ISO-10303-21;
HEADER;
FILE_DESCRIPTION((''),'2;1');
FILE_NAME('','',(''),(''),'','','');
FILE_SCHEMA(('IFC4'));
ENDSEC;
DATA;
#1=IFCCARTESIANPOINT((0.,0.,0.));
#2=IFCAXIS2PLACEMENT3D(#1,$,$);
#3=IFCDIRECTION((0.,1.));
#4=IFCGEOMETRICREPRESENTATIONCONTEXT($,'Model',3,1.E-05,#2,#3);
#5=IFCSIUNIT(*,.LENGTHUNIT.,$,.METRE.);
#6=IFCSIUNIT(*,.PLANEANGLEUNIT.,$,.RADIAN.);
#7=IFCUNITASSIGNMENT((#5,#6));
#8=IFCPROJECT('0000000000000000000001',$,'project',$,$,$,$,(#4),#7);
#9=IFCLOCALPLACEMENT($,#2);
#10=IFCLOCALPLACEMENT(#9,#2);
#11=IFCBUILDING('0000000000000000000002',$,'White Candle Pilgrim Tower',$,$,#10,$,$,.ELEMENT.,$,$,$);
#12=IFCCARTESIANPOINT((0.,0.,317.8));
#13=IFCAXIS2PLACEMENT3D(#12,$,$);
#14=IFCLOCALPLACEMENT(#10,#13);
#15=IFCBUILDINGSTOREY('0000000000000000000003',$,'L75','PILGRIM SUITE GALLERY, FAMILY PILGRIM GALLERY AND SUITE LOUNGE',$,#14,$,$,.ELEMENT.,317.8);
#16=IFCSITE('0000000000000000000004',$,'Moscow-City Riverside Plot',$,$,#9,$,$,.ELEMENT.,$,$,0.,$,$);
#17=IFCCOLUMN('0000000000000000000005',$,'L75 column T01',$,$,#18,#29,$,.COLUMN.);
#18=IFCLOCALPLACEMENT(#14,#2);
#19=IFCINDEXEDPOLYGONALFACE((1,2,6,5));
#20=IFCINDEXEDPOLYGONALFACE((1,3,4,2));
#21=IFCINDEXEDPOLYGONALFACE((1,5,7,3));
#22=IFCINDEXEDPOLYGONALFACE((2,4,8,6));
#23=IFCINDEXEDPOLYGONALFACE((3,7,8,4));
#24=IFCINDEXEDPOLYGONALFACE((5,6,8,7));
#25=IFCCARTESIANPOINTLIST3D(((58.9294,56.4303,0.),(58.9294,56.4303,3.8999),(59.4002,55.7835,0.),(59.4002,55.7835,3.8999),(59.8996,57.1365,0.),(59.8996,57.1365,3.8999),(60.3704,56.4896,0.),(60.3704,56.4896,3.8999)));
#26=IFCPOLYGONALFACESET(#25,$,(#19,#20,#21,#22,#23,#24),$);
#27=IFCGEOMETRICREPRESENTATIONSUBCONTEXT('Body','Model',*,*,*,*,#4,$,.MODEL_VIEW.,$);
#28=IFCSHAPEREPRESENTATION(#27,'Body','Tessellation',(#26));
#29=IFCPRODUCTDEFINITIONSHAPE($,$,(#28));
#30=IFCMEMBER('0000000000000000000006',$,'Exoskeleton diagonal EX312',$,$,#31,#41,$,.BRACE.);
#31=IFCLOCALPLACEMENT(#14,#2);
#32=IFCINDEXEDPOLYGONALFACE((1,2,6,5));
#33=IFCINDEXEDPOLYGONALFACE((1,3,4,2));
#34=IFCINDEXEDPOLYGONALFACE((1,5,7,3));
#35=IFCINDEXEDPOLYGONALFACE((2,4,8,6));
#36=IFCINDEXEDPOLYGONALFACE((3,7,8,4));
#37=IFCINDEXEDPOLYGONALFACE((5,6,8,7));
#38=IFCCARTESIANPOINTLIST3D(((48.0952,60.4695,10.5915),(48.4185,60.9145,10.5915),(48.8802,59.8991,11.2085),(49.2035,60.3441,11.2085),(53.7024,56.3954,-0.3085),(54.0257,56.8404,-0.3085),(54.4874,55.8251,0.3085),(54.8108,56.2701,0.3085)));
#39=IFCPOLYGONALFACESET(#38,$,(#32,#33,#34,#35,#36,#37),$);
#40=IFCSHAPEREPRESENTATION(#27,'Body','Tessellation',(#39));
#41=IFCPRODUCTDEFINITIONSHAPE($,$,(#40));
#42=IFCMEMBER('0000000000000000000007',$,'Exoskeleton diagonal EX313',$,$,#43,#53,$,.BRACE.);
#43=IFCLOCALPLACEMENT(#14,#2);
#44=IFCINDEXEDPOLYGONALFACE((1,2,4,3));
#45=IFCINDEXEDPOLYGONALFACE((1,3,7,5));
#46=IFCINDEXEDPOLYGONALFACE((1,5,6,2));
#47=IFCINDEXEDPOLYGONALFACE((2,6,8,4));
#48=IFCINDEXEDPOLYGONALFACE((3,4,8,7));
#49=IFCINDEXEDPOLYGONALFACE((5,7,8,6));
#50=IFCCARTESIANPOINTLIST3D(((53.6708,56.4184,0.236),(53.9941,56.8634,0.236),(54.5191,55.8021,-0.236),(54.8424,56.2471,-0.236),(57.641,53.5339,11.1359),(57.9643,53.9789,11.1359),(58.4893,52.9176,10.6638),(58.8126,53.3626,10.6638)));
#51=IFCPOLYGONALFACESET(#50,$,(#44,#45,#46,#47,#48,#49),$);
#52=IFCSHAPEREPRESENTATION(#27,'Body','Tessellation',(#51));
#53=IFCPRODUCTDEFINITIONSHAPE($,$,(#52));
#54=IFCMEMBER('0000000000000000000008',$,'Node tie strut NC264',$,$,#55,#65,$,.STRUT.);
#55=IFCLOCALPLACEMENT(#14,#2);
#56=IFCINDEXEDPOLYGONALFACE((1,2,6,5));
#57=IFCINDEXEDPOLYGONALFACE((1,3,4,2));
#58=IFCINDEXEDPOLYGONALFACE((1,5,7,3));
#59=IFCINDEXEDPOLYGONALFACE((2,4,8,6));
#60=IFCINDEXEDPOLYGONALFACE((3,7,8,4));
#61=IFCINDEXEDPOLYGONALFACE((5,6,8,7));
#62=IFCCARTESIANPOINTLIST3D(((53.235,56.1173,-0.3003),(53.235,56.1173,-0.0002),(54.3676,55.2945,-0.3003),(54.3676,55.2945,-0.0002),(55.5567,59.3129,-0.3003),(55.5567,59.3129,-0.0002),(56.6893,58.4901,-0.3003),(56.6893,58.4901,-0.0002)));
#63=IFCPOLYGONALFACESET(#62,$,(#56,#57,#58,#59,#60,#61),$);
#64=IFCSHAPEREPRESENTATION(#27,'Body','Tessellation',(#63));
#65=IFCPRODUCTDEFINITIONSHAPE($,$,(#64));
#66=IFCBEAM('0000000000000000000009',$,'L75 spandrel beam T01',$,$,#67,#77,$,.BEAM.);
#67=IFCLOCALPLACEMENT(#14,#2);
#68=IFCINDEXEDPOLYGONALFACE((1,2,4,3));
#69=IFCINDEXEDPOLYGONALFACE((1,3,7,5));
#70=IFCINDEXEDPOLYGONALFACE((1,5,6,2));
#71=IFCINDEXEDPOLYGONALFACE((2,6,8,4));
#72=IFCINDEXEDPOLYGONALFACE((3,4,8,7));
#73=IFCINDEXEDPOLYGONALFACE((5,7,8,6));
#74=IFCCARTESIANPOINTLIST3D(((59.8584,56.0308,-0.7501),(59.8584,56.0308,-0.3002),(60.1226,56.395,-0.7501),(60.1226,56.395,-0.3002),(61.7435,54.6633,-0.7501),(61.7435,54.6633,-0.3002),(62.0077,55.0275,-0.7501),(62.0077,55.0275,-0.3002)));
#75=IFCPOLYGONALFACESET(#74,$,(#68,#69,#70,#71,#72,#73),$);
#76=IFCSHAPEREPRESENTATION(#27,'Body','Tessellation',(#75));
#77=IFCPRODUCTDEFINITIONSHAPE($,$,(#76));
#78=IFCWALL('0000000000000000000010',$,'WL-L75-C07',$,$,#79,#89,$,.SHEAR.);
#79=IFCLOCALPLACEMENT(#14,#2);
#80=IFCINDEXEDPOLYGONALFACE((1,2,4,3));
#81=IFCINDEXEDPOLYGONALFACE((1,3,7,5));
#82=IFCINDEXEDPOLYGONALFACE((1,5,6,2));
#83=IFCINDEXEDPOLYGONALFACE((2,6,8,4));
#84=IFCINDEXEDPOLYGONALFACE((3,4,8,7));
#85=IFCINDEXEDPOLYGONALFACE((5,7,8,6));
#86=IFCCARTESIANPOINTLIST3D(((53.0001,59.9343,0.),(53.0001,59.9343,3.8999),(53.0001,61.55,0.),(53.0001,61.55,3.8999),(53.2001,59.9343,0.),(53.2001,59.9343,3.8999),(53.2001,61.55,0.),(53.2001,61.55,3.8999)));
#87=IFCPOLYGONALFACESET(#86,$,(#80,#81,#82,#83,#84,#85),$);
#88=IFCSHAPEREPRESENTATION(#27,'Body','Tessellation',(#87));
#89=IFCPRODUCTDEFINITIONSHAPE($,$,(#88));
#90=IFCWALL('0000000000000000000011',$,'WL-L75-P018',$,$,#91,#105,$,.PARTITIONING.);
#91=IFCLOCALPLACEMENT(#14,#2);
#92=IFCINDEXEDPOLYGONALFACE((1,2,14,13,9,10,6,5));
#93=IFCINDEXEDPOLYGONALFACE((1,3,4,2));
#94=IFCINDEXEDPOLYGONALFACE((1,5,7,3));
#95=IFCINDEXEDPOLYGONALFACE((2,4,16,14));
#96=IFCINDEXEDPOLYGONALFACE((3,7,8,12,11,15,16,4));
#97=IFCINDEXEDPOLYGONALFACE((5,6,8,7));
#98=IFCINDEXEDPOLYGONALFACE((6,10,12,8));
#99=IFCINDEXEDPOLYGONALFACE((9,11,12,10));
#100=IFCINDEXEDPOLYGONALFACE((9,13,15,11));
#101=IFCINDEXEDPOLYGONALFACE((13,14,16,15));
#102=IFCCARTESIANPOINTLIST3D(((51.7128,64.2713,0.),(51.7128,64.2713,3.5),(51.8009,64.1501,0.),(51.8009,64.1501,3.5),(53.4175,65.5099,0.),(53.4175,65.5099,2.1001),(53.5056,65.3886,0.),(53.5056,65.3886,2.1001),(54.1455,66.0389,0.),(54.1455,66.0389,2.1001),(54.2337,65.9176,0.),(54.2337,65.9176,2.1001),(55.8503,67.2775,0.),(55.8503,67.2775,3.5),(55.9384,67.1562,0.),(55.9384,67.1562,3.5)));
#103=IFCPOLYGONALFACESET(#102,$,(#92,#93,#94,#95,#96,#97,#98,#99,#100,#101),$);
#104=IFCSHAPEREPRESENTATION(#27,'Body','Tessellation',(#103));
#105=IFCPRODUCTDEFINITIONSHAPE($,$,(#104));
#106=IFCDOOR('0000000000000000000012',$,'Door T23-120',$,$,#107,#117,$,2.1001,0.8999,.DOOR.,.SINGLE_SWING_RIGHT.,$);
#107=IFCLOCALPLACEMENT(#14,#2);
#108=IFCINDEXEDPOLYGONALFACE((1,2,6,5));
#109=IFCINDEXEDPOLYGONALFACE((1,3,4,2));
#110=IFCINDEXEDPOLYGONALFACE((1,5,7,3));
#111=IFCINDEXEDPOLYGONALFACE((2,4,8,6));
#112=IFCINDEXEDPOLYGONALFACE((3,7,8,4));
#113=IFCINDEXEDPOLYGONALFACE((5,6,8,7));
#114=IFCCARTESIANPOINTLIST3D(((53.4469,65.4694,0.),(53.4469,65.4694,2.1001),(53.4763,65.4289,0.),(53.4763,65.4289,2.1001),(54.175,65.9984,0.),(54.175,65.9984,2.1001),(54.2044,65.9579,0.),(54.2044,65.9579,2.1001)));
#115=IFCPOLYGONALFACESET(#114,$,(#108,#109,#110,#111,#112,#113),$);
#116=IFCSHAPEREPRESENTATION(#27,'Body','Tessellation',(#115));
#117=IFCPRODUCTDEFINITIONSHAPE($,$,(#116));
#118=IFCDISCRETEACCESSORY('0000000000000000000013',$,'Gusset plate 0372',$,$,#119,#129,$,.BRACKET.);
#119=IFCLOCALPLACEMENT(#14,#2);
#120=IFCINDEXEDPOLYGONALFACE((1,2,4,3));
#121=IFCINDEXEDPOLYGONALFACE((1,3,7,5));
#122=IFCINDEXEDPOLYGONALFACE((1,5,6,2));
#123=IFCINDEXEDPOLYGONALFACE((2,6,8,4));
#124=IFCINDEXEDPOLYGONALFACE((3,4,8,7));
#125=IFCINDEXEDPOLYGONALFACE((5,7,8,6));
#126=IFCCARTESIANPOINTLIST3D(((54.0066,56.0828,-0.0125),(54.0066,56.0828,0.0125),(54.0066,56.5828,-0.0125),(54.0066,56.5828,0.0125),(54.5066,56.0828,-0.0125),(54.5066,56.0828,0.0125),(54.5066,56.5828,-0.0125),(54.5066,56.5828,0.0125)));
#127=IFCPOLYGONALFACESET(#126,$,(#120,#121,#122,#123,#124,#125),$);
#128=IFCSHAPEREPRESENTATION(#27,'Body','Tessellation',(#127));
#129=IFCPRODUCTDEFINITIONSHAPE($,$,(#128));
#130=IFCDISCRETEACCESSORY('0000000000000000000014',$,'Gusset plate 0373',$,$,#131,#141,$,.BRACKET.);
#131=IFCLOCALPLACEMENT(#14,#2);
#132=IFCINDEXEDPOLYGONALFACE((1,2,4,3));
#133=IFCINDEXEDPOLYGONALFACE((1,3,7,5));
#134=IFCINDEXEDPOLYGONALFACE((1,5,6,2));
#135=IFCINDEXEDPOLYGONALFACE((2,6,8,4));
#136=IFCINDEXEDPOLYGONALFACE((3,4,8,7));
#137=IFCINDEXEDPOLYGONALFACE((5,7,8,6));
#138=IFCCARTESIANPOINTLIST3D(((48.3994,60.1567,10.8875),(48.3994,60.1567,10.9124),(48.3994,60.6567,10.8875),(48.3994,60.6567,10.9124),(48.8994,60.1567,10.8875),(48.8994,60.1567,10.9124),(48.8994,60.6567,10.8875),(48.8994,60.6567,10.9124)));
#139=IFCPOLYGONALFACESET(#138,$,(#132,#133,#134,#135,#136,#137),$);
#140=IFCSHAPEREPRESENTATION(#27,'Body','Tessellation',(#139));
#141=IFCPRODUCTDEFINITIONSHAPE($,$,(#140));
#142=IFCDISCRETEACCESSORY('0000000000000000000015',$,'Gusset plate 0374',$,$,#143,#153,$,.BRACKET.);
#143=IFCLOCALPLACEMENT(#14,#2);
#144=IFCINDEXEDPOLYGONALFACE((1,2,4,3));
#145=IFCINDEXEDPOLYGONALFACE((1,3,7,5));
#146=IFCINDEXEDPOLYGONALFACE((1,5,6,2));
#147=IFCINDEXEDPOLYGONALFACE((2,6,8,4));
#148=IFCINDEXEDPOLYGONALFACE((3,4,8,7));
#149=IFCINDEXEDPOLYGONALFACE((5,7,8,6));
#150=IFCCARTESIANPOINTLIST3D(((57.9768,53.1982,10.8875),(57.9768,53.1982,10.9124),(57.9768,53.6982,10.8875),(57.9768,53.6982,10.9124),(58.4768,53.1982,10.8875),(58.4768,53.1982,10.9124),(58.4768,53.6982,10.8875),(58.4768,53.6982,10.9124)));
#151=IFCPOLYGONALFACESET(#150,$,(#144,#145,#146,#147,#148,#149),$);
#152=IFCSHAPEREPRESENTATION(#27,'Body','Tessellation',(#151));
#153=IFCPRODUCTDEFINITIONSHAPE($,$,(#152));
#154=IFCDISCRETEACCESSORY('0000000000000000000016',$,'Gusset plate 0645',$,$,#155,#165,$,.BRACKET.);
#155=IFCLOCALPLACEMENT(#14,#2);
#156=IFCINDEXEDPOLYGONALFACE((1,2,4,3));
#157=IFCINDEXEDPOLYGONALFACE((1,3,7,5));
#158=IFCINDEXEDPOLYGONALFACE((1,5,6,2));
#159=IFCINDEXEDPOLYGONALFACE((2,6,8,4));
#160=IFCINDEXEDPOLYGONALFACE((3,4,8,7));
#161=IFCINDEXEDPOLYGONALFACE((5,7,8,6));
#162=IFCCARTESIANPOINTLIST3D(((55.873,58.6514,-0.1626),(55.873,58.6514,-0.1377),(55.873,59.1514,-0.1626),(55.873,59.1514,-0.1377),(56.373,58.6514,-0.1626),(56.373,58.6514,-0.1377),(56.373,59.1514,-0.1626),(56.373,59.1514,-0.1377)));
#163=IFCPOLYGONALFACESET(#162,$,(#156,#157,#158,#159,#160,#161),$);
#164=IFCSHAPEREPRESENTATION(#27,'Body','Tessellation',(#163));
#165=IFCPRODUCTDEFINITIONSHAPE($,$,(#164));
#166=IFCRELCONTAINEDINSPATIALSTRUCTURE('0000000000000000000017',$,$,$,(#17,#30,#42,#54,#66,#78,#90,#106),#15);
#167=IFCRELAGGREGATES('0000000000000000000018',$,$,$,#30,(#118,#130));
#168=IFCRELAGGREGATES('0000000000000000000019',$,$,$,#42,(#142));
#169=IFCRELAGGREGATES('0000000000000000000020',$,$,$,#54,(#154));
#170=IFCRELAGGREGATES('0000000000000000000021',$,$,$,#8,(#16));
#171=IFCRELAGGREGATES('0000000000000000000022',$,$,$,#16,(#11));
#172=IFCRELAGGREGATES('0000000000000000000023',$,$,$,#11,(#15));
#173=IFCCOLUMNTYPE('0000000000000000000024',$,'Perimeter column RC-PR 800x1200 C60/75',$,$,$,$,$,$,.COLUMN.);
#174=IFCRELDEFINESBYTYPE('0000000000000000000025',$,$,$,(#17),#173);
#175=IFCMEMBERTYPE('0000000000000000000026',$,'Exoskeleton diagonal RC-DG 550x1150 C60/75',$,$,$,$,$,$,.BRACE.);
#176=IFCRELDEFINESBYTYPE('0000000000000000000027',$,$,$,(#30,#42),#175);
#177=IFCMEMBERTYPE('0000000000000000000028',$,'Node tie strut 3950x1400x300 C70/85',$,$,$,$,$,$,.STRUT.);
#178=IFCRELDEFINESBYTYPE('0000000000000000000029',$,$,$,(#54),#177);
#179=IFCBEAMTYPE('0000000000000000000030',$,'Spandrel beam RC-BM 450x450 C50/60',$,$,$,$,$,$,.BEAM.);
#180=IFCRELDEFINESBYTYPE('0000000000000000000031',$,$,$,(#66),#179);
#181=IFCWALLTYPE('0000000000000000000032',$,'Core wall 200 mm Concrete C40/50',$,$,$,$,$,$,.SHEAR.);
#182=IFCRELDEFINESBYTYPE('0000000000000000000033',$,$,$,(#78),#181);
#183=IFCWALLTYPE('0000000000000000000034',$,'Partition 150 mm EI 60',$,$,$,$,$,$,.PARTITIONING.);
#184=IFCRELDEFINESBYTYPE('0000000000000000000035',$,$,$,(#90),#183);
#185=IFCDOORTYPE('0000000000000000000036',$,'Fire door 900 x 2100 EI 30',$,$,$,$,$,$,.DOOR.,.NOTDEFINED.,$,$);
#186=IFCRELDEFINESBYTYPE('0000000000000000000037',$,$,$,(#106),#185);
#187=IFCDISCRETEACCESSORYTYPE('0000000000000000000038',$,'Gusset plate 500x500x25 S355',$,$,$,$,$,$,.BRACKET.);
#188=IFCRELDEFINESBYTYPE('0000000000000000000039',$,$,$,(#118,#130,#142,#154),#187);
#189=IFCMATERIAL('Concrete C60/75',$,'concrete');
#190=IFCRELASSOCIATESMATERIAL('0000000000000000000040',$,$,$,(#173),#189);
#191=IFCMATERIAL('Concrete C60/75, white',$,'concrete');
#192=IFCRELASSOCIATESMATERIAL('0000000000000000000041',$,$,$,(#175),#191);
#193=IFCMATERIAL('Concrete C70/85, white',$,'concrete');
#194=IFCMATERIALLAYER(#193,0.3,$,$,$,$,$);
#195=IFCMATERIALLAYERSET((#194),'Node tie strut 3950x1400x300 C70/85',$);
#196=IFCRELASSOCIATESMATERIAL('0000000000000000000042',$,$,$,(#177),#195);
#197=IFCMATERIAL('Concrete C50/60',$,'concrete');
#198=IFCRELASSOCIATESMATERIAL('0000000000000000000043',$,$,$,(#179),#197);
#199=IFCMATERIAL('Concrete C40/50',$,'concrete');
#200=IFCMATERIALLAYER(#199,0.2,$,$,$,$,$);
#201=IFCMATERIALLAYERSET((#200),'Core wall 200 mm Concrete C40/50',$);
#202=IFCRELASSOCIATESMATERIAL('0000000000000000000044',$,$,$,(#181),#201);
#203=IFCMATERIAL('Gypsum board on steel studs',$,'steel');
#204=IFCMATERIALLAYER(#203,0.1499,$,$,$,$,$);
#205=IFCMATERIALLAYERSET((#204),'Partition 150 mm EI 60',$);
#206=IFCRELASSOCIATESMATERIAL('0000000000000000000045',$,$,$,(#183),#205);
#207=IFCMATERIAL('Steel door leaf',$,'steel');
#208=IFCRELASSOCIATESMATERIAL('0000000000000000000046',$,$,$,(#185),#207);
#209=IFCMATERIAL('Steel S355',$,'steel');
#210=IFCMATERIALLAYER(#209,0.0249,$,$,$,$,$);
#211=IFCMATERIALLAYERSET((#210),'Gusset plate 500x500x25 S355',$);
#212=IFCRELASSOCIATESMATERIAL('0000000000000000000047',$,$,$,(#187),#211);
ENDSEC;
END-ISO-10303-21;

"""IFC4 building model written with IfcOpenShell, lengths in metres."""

from ifc_helpers import new_model, si_unit, direction, frame, frame_2d, origin, origin_2d, place, context, subcontext, project, spatial, rectangle, extrude, material, layer, layer_set, material_profile, profile_set, type_object, element, fill, aggregate, save


model = new_model("IFC4")

# Units and contexts
model_context = context("Model", 3, precision=1e-05, world=origin(), true_north=direction((0.0, 1.0)))
body_context = subcontext(model_context, "Body", "Model", "MODEL_VIEW")
ifc_project = project(units=[si_unit("LENGTHUNIT", "METRE"), si_unit("PLANEANGLEUNIT", "RADIAN")], contexts=[model_context])

# Site, building, storey
site_placement = place(None, origin())
site = spatial("IfcSite", under=ifc_project, at=site_placement, Name="Moscow-City Riverside Plot", CompositionType="ELEMENT", RefElevation=0.0)
building_placement = place(site_placement, origin())
building = spatial("IfcBuilding", under=site, at=building_placement, Name="White Candle Pilgrim Tower", CompositionType="ELEMENT")
storey_placement = place(building_placement, frame((0.0, 0.0, 317.8)))
storey = spatial("IfcBuildingStorey", under=building, at=storey_placement, Name="L75", Description="PILGRIM SUITE GALLERY, FAMILY PILGRIM GALLERY AND SUITE LOUNGE", CompositionType="ELEMENT", Elevation=317.8)

# Column
ifc_material_1 = material(Name="Concrete C60/75", Category="concrete")
ifc_material_profile_1 = material_profile(ifc_material_1, rectangle(XDim=0.8, YDim=1.2, at=origin_2d()), Name="RC-PR 800x1200")
ifc_profile_set_1 = profile_set([ifc_material_profile_1], Name="Concrete C60/75")
column_type = type_object("IfcColumnType", Name="Perimeter column RC-PR 800x1200 C60/75", PredefinedType="COLUMN", material=ifc_profile_set_1)
column_placement = place(storey_placement, frame((59.6499, 56.46, 0.0), z_axis=(0.0, 0.0, 1.0), x_axis=(-0.588463, 0.808524, 0.0)))
element("IfcColumn", 1, at=column_placement, inside=storey, type_object=column_type, Name="L75 column T01", PredefinedType="COLUMN", context=body_context, shape_type="SweptSolid", body=[
    extrude(rectangle(XDim=0.8, YDim=1.2, at=origin_2d()), origin(), (0.0, 0.0, 1.0), 3.8999),
])

# Members
ifc_material_2 = material(Name="Concrete C60/75, white", Category="concrete")
ifc_material_profile_2 = material_profile(ifc_material_2, rectangle(XDim=0.55, YDim=1.1499, at=origin_2d()), Name="RC-DG 550x1150")
ifc_profile_set_2 = profile_set([ifc_material_profile_2], Name="Concrete C60/75, white")
member_type_1 = type_object("IfcMemberType", Name="Exoskeleton diagonal RC-DG 550x1150 C60/75", PredefinedType="BRACE", material=ifc_profile_set_2)
member_1_placement = place(storey_placement, frame((54.2566, 56.3328, 0.0), z_axis=(-0.434097, 0.315399, 0.84385), x_axis=(-0.587797, -0.809009, 0.0)))
member_1 = element("IfcMember", 2, at=member_1_placement, inside=storey, type_object=member_type_1, Name="Exoskeleton diagonal EX312", PredefinedType="BRACE", context=body_context, shape_type="SweptSolid", body=[
    extrude(rectangle(XDim=0.55, YDim=1.1499, at=origin_2d()), origin(), (0.0, 0.0, 1.0), 12.917),
])
member_2_placement = place(storey_placement, frame((54.2566, 56.3328, 0.0), z_axis=(0.332133, -0.241308, 0.911843), x_axis=(0.587784, 0.809018, 0.0)))
member_2 = element("IfcMember", 3, at=member_2_placement, inside=storey, type_object=member_type_1, Name="Exoskeleton diagonal EX313", PredefinedType="BRACE", context=body_context, shape_type="SweptSolid", body=[
    extrude(rectangle(XDim=0.55, YDim=1.1499, at=origin_2d()), origin(), (0.0, 0.0, 1.0), 11.9536),
])
ifc_material_3 = material(Name="Concrete C70/85, white", Category="concrete")
ifc_layer_1 = layer(ifc_material_3, 0.3)
ifc_layer_set_1 = layer_set([ifc_layer_1], Name="Node tie strut 3950x1400x300 C70/85")
member_type_2 = type_object("IfcMemberType", Name="Node tie strut 3950x1400x300 C70/85", PredefinedType="STRUT", material=ifc_layer_set_1)
member_3_placement = place(storey_placement, frame((54.9622, 57.3037, -0.3003), z_axis=(0.0, 0.0, 1.0), x_axis=(0.809017, -0.587785, 0.0)))
member_3 = element("IfcMember", 4, at=member_3_placement, inside=storey, type_object=member_type_2, Name="Node tie strut NC264", PredefinedType="STRUT", context=body_context, shape_type="SweptSolid", body=[
    extrude(rectangle(XDim=1.3999, YDim=3.95, at=origin_2d()), origin(), (0.0, 0.0, 1.0), 0.3),
])

# Beam
ifc_material_4 = material(Name="Concrete C50/60", Category="concrete")
ifc_material_profile_3 = material_profile(ifc_material_4, rectangle(XDim=0.45, YDim=0.45, at=origin_2d()), Name="RC-BM 450x450")
ifc_profile_set_3 = profile_set([ifc_material_profile_3], Name="Concrete C50/60")
beam_type = type_object("IfcBeamType", Name="Spandrel beam RC-BM 450x450 C50/60", PredefinedType="BEAM", material=ifc_profile_set_3)
beam_placement = place(storey_placement, frame((59.9905, 56.2129, -0.5251), z_axis=(0.809447, -0.587193, 0.0), x_axis=(0.587193, 0.809447, 0.0)))
element("IfcBeam", 5, at=beam_placement, inside=storey, type_object=beam_type, Name="L75 spandrel beam T01", PredefinedType="BEAM", context=body_context, shape_type="SweptSolid", body=[
    extrude(rectangle(XDim=0.45, YDim=0.45, at=origin_2d()), origin(), (0.0, 0.0, 1.0), 2.3289),
])

# Wall
ifc_material_5 = material(Name="Concrete C40/50", Category="concrete")
ifc_layer_2 = layer(ifc_material_5, 0.2)
ifc_layer_set_2 = layer_set([ifc_layer_2], Name="Core wall 200 mm Concrete C40/50")
wall_type_1 = type_object("IfcWallType", Name="Core wall 200 mm Concrete C40/50", PredefinedType="SHEAR", material=ifc_layer_set_2)
wall_1_placement = place(storey_placement, frame((53.1001, 59.9343, 0.0), z_axis=(0.0, 0.0, 1.0), x_axis=(0.0, 1.0, 0.0)))
element("IfcWall", 6, at=wall_1_placement, inside=storey, type_object=wall_type_1, Name="WL-L75-C07", PredefinedType="SHEAR", context=body_context, shape_type="SweptSolid", body=[
    extrude(rectangle(XDim=1.6157, YDim=0.2, at=frame_2d((0.8079, 0.0))), origin(), (0.0, 0.0, 1.0), 3.8999),
])

# Wall, opening, door
ifc_material_6 = material(Name="Gypsum board on steel studs", Category="steel")
ifc_layer_3 = layer(ifc_material_6, 0.1499)
ifc_layer_set_3 = layer_set([ifc_layer_3], Name="Partition 150 mm EI 60")
wall_type_2 = type_object("IfcWallType", Name="Partition 150 mm EI 60", PredefinedType="PARTITIONING", material=ifc_layer_set_3)
wall_2_placement = place(storey_placement, frame((51.7568, 64.2107, 0.0), z_axis=(0.0, 0.0, 1.0), x_axis=(0.809011, 0.587794, 0.0)))
wall_2 = element("IfcWall", 7, at=wall_2_placement, inside=storey, type_object=wall_type_2, Name="WL-L75-P018", PredefinedType="PARTITIONING", context=body_context, shape_type="SweptSolid", body=[
    extrude(rectangle(XDim=5.1143, YDim=0.1499, at=frame_2d((2.5571, 0.0))), origin(), (0.0, 0.0, 1.0), 3.5),
])
opening_1_placement = place(wall_2_placement, frame((2.1072, 0.0, 0.0)))
opening_1 = element("IfcOpeningElement", 8, at=opening_1_placement, cuts=wall_2, PredefinedType="OPENING", context=body_context, shape_type="SweptSolid", body=[
    extrude(rectangle(XDim=0.8999, YDim=2.1001, at=frame_2d((0.45, 1.05))), frame((0.0, 0.085, 0.0), z_axis=(0.0, -1.0, 0.0), x_axis=(1.0, 0.0, 0.0)), (0.0, 0.0, 1.0), 0.1699),
])
ifc_material_7 = material(Name="Steel door leaf", Category="steel")
door_type_1 = type_object("IfcDoorType", Name="Fire door 900 x 2100 EI 30", OperationType="NOTDEFINED", PredefinedType="DOOR", material=ifc_material_7)
door_1_placement = place(opening_1_placement, origin())
door_1 = element("IfcDoor", 9, at=door_1_placement, inside=storey, type_object=door_type_1, Name="Door T23-120", OperationType="SINGLE_SWING_RIGHT", OverallHeight=2.1001, OverallWidth=0.8999, PredefinedType="DOOR", context=body_context, shape_type="SweptSolid", body=[
    extrude(rectangle(XDim=0.8999, YDim=2.1001, at=frame_2d((0.45, 1.05))), frame((0.0, 0.0249, 0.0), z_axis=(0.0, -1.0, 0.0), x_axis=(1.0, 0.0, 0.0)), (0.0, 0.0, 1.0), 0.05),
])
fill(opening_1, door_1)

# Discrete accessories
ifc_material_8 = material(Name="Steel S355", Category="steel")
ifc_layer_4 = layer(ifc_material_8, 0.0249)
ifc_layer_set_4 = layer_set([ifc_layer_4], Name="Gusset plate 500x500x25 S355")
discrete_accessory_type = type_object("IfcDiscreteAccessoryType", Name="Gusset plate 500x500x25 S355", PredefinedType="BRACKET", material=ifc_layer_set_4)
discrete_accessory_1_placement = place(storey_placement, frame((54.2566, 56.3328, -0.0125), z_axis=(0.0, 0.0, 1.0), x_axis=(1.0, 0.0, 0.0)))
discrete_accessory_1 = element("IfcDiscreteAccessory", 10, at=discrete_accessory_1_placement, type_object=discrete_accessory_type, Name="Gusset plate 0372", PredefinedType="BRACKET", context=body_context, shape_type="SweptSolid", body=[
    extrude(rectangle(XDim=0.5, YDim=0.5, at=origin_2d()), origin(), (0.0, 0.0, 1.0), 0.0249),
])
placement = place(building_placement, frame((0.0, 0.0, 328.7)))
discrete_accessory_2_placement = place(placement, frame((48.6494, 60.4067, -0.0125), z_axis=(0.0, 0.0, 1.0), x_axis=(1.0, 0.0, 0.0)))
discrete_accessory_2 = element("IfcDiscreteAccessory", 11, at=discrete_accessory_2_placement, type_object=discrete_accessory_type, Name="Gusset plate 0373", PredefinedType="BRACKET", context=body_context, shape_type="SweptSolid", body=[
    extrude(rectangle(XDim=0.5, YDim=0.5, at=origin_2d()), origin(), (0.0, 0.0, 1.0), 0.0249),
])
aggregate(member_1, [discrete_accessory_1, discrete_accessory_2])
discrete_accessory_3_placement = place(placement, frame((58.2268, 53.4482, -0.0125), z_axis=(0.0, 0.0, 1.0), x_axis=(1.0, 0.0, 0.0)))
discrete_accessory_3 = element("IfcDiscreteAccessory", 12, at=discrete_accessory_3_placement, type_object=discrete_accessory_type, Name="Gusset plate 0374", PredefinedType="BRACKET", context=body_context, shape_type="SweptSolid", body=[
    extrude(rectangle(XDim=0.5, YDim=0.5, at=origin_2d()), origin(), (0.0, 0.0, 1.0), 0.0249),
])
aggregate(member_2, [discrete_accessory_3])
discrete_accessory_4_placement = place(storey_placement, frame((56.123, 58.9014, -0.1626), z_axis=(0.0, 0.0, 1.0), x_axis=(1.0, 0.0, 0.0)))
discrete_accessory_4 = element("IfcDiscreteAccessory", 13, at=discrete_accessory_4_placement, type_object=discrete_accessory_type, Name="Gusset plate 0645", PredefinedType="BRACKET", context=body_context, shape_type="SweptSolid", body=[
    extrude(rectangle(XDim=0.5, YDim=0.5, at=origin_2d()), origin(), (0.0, 0.0, 1.0), 0.0249),
])
aggregate(member_3, [discrete_accessory_4])

save(model, "model.ifc")
